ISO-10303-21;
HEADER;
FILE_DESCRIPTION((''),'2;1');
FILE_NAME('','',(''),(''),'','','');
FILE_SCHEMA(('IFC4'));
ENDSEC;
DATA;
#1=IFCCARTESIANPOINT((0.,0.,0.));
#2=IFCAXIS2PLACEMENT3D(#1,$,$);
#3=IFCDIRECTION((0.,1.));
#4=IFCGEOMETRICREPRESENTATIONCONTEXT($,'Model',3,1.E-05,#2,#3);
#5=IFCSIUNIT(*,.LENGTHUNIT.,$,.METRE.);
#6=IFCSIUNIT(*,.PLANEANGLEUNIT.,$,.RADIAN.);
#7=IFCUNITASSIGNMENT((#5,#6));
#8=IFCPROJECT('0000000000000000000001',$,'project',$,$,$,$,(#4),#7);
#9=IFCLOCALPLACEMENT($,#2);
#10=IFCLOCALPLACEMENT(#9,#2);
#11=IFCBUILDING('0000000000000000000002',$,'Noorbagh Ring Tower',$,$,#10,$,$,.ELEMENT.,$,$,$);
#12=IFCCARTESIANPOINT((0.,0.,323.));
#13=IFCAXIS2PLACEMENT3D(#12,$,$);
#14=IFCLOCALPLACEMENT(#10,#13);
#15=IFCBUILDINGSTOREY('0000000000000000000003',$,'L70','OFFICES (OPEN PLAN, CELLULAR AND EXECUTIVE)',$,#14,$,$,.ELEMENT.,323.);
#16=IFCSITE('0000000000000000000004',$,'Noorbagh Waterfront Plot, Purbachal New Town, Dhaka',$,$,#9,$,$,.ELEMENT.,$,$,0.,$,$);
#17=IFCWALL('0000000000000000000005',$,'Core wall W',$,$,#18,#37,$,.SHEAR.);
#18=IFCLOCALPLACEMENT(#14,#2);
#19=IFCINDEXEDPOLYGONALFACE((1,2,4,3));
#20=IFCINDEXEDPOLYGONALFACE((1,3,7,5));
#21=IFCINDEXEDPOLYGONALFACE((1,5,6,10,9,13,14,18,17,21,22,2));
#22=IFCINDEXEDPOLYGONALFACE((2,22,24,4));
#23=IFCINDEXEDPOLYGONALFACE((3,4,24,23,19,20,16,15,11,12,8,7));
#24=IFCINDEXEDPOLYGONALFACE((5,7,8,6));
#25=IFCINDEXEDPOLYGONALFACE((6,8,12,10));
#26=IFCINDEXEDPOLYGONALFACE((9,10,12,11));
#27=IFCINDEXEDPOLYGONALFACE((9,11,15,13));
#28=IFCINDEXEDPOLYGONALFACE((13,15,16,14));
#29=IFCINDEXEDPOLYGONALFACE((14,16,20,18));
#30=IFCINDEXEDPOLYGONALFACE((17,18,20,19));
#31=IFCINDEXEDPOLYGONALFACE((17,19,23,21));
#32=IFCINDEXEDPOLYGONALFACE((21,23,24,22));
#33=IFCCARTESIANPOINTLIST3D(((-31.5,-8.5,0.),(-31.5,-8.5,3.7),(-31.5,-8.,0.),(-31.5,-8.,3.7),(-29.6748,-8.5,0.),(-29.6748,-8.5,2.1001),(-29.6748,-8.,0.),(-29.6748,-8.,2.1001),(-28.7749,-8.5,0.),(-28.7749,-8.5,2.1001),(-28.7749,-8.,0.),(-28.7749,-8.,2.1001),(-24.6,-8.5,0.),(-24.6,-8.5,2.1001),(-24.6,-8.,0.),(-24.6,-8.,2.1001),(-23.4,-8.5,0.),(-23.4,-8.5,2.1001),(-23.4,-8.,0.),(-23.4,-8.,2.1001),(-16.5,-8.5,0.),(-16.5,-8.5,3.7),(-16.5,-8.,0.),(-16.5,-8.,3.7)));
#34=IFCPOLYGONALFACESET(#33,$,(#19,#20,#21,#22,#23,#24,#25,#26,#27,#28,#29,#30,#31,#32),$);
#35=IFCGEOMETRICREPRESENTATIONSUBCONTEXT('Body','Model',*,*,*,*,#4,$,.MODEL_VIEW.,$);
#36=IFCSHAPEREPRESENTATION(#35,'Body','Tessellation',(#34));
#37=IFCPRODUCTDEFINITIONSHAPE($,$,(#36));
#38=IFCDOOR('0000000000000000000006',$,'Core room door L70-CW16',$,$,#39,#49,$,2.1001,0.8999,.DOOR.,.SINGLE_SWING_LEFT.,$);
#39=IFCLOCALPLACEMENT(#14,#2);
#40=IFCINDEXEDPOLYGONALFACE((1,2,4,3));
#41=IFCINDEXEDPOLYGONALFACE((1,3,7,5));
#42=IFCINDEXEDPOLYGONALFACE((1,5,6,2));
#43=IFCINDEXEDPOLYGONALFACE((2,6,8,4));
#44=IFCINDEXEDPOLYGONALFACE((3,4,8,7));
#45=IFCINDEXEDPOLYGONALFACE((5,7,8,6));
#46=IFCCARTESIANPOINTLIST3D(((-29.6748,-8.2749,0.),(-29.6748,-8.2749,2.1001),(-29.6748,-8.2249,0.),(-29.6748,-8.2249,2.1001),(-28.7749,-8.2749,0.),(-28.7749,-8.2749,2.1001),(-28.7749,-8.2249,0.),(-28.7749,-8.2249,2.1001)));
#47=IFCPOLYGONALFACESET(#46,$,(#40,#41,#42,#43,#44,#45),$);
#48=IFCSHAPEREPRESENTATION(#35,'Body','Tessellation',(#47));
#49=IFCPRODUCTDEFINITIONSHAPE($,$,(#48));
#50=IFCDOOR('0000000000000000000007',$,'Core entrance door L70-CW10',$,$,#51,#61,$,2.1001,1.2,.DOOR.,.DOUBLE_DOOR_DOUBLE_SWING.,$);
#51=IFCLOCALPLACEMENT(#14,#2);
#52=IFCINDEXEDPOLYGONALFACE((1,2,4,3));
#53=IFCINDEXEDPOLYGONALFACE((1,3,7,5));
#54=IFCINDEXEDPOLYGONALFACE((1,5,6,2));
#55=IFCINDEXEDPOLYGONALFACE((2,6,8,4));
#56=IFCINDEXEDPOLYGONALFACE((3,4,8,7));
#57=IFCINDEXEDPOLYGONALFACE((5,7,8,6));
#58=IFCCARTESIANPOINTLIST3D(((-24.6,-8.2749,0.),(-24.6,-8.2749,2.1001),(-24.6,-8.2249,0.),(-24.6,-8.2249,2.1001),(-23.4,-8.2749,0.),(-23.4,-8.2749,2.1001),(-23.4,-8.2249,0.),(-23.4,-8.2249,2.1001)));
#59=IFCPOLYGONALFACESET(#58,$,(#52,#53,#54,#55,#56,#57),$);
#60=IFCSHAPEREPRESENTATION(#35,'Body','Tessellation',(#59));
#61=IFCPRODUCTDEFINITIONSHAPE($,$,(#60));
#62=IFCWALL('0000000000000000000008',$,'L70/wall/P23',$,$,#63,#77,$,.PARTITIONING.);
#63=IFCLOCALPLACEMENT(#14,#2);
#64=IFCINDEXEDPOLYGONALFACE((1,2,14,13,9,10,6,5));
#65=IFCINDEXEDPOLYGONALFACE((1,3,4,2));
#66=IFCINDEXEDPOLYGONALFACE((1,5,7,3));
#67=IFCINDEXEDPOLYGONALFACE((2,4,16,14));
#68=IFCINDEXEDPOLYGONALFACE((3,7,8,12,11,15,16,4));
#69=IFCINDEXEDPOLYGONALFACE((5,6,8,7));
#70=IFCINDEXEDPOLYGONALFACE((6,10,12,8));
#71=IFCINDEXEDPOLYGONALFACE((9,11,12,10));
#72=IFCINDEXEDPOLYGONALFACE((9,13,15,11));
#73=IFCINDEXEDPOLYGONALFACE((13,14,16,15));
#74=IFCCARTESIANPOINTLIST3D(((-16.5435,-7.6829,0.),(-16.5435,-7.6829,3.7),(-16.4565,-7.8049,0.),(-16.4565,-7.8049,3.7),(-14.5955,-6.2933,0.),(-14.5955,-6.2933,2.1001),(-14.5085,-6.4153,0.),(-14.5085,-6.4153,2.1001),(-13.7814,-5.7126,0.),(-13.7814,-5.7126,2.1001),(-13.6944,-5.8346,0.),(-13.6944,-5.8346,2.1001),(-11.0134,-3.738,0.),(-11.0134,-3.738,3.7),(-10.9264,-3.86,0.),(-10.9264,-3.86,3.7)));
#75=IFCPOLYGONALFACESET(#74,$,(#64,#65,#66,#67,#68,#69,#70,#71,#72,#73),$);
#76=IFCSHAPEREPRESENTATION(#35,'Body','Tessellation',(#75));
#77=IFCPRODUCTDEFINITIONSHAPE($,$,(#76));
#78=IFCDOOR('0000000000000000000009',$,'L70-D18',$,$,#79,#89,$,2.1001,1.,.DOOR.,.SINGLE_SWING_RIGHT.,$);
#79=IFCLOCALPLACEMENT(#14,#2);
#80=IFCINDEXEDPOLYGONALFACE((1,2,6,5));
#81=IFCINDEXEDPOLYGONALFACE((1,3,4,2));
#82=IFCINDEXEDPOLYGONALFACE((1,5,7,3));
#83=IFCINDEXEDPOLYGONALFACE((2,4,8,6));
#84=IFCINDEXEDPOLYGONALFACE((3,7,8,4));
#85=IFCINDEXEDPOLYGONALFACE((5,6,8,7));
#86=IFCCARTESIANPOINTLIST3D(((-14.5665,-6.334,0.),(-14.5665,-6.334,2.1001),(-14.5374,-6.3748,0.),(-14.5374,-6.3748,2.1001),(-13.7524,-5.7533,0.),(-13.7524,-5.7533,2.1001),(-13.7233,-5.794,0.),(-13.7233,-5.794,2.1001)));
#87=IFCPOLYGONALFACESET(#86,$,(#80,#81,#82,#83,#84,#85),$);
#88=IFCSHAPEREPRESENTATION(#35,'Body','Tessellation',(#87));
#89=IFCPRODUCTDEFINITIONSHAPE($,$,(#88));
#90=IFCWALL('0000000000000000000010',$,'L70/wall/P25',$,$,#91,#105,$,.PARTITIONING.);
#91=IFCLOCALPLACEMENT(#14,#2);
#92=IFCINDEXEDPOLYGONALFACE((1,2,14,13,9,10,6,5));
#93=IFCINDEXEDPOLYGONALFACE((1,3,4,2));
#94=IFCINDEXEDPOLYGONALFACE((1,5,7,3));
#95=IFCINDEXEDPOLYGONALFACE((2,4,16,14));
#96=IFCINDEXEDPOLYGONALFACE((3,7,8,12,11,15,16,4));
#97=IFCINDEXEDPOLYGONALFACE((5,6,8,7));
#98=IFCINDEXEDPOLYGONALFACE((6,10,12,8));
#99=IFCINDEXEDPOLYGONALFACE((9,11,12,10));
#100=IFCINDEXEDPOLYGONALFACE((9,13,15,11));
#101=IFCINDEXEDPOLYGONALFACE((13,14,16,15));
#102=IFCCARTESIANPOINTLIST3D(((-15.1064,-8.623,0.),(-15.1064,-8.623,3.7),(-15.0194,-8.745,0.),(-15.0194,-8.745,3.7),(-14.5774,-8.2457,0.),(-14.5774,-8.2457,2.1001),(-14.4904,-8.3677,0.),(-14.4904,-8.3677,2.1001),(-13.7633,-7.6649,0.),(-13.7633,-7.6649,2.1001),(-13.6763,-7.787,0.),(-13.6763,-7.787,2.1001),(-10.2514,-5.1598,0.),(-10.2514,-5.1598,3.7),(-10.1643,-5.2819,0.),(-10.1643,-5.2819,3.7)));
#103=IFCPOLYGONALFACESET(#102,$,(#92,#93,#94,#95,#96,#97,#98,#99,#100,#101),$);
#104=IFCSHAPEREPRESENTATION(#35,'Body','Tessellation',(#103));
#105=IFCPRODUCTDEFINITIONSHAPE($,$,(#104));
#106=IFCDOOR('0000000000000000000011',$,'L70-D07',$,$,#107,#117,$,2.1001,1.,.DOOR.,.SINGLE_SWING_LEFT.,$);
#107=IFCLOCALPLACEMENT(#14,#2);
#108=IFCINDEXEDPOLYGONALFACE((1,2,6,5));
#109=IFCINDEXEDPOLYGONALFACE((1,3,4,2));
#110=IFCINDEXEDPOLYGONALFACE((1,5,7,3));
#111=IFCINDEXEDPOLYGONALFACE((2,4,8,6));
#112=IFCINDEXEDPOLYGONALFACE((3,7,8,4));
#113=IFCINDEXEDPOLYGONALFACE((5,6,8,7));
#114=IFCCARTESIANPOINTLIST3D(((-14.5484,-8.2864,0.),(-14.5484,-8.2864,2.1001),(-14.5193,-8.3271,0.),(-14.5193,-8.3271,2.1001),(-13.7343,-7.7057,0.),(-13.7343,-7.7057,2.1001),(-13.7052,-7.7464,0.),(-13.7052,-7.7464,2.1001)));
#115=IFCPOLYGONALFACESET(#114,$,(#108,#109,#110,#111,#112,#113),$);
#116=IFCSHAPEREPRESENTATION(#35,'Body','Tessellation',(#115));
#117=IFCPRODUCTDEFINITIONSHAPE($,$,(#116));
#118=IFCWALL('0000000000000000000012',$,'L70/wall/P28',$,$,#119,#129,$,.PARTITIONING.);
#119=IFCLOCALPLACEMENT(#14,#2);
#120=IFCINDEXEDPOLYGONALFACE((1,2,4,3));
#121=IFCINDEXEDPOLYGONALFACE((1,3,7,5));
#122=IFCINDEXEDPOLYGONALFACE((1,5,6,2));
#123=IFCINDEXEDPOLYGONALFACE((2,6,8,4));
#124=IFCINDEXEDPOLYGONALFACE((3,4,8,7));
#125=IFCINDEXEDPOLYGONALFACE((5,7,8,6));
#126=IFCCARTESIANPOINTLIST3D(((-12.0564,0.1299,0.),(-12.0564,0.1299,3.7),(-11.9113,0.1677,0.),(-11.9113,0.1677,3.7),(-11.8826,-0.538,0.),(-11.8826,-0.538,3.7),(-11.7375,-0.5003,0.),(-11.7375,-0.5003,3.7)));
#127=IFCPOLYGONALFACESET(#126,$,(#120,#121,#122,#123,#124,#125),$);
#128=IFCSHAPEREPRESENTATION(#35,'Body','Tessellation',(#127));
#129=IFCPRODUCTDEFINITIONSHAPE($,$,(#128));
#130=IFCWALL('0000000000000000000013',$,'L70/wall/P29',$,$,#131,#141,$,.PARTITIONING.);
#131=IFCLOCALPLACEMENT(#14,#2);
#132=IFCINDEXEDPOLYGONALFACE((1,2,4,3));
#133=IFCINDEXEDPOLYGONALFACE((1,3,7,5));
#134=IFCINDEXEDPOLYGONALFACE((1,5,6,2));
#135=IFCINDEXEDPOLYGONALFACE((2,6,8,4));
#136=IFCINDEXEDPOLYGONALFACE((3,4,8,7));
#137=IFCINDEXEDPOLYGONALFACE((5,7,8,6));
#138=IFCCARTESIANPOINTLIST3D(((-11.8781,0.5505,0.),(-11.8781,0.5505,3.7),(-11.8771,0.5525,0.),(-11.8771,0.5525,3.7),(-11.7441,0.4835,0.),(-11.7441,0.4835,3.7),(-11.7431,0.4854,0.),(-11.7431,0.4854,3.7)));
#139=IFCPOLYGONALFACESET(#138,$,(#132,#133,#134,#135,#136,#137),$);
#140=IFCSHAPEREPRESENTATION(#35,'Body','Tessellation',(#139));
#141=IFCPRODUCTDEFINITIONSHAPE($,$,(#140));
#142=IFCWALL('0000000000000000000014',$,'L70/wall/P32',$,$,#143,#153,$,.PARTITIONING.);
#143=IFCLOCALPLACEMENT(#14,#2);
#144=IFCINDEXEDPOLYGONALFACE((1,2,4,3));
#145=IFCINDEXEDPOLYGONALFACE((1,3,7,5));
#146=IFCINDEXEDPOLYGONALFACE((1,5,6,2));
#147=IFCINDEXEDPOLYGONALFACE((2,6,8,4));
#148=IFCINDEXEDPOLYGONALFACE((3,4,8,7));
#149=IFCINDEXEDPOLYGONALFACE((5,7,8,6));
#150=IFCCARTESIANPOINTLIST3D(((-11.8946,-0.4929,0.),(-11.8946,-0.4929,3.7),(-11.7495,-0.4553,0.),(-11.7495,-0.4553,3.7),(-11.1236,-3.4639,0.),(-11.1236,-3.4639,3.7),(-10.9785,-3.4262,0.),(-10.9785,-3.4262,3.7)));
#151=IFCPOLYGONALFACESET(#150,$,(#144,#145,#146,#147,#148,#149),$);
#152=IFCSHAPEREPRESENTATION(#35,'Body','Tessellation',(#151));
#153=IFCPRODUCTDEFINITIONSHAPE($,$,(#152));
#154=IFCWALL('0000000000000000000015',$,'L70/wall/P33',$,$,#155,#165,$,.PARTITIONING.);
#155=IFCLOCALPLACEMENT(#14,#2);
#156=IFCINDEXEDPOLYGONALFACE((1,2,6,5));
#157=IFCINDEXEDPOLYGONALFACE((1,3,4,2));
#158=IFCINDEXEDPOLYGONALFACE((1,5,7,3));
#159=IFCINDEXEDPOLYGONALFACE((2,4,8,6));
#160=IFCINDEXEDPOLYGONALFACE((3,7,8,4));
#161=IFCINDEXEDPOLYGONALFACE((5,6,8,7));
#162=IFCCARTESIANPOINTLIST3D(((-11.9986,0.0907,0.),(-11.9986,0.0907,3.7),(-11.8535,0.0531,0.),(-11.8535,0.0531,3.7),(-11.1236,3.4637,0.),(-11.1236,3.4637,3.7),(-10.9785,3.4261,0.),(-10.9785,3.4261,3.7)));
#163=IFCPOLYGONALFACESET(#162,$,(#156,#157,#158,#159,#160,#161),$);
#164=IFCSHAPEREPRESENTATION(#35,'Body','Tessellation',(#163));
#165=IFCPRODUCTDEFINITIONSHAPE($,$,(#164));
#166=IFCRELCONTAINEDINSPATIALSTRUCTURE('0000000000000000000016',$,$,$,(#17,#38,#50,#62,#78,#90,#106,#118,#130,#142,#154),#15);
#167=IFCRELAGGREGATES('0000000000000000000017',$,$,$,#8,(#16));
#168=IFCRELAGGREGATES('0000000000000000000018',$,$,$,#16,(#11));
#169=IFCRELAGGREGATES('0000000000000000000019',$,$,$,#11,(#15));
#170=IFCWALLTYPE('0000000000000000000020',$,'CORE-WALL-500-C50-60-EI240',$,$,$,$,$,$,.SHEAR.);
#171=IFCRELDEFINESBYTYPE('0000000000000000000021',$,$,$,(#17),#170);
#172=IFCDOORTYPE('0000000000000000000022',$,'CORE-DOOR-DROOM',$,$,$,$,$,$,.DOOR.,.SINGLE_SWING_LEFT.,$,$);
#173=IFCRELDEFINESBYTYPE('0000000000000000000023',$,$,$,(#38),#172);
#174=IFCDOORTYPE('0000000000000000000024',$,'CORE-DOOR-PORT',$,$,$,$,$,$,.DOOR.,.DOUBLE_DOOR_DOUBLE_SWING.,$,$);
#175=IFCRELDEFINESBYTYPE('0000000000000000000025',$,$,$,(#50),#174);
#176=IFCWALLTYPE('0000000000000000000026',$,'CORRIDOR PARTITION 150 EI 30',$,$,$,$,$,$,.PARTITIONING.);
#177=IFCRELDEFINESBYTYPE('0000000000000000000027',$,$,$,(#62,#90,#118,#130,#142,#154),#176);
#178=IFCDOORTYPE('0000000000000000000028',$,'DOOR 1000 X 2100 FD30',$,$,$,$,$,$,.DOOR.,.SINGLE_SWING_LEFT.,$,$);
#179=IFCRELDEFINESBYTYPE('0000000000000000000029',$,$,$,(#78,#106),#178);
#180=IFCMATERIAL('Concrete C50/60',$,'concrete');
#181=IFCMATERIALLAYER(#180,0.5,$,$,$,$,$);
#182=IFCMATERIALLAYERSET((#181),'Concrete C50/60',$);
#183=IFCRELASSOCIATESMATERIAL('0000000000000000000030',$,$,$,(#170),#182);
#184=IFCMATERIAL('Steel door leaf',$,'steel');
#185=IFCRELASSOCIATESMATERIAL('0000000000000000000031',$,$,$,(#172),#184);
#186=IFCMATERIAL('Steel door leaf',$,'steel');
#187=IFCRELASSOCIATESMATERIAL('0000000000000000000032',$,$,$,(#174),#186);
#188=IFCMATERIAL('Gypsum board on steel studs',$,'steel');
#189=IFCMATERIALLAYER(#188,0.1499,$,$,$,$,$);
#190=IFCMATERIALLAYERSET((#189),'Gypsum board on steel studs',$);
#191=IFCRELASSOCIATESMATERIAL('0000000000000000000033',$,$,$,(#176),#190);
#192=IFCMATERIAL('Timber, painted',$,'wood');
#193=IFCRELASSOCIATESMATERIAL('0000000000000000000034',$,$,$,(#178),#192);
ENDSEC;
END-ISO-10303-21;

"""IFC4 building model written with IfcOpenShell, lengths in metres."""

from ifc_helpers import new_model, si_unit, direction, frame, frame_2d, origin, place, context, subcontext, project, spatial, rectangle, extrude, material, layer, layer_set, type_object, element, fill, save


model = new_model("IFC4")

# Units and contexts
model_context = context("Model", 3, precision=1e-05, world=origin(), true_north=direction((0.0, 1.0)))
body_context = subcontext(model_context, "Body", "Model", "MODEL_VIEW")
ifc_project = project(units=[si_unit("LENGTHUNIT", "METRE"), si_unit("PLANEANGLEUNIT", "RADIAN")], contexts=[model_context])

# Site, building, storey
site_placement = place(None, origin())
site = spatial("IfcSite", under=ifc_project, at=site_placement, Name="Noorbagh Waterfront Plot, Purbachal New Town, Dhaka", CompositionType="ELEMENT", RefElevation=0.0)
building_placement = place(site_placement, origin())
building = spatial("IfcBuilding", under=site, at=building_placement, Name="Noorbagh Ring Tower", CompositionType="ELEMENT")
storey_placement = place(building_placement, frame((0.0, 0.0, 323.0)))
storey = spatial("IfcBuildingStorey", under=building, at=storey_placement, Name="L70", Description="OFFICES (OPEN PLAN, CELLULAR AND EXECUTIVE)", CompositionType="ELEMENT", Elevation=323.0)

# Wall, openings, doors
ifc_material_1 = material(Name="Concrete C50/60", Category="concrete")
ifc_layer_1 = layer(ifc_material_1, 0.5)
ifc_layer_set_1 = layer_set([ifc_layer_1], Name="Concrete C50/60")
wall_type_1 = type_object("IfcWallType", Name="CORE-WALL-500-C50-60-EI240", PredefinedType="SHEAR", material=ifc_layer_set_1)
wall_1_placement = place(storey_placement, frame((-16.5, -8.25, 0.0), z_axis=(0.0, 0.0, 1.0), x_axis=(-1.0, 0.0, 0.0)))
wall_1 = element("IfcWall", 1, at=wall_1_placement, inside=storey, type_object=wall_type_1, Name="Core wall W", PredefinedType="SHEAR", context=body_context, shape_type="SweptSolid", body=[
    extrude(rectangle(XDim=15.0, YDim=0.5, at=frame_2d((7.5, 0.0))), origin(), (0.0, 0.0, 1.0), 3.7),
])
opening_1_placement = place(wall_1_placement, frame((6.8999, 0.0, 0.0)))
opening_1 = element("IfcOpeningElement", 2, at=opening_1_placement, cuts=wall_1, PredefinedType="OPENING", context=body_context, shape_type="SweptSolid", body=[
    extrude(rectangle(XDim=1.2, YDim=2.1001, at=frame_2d((0.6001, 1.05))), frame((0.0, 0.26, 0.0), z_axis=(0.0, -1.0, 0.0), x_axis=(1.0, 0.0, 0.0)), (0.0, 0.0, 1.0), 0.52),
])
opening_2_placement = place(wall_1_placement, frame((12.2749, 0.0, 0.0)))
opening_2 = element("IfcOpeningElement", 3, at=opening_2_placement, cuts=wall_1, PredefinedType="OPENING", context=body_context, shape_type="SweptSolid", body=[
    extrude(rectangle(XDim=0.8999, YDim=2.1001, at=frame_2d((0.45, 1.05))), frame((0.0, 0.26, 0.0), z_axis=(0.0, -1.0, 0.0), x_axis=(1.0, 0.0, 0.0)), (0.0, 0.0, 1.0), 0.52),
])
ifc_material_2 = material(Name="Steel door leaf", Category="steel")
door_type_1 = type_object("IfcDoorType", Name="CORE-DOOR-DROOM", OperationType="SINGLE_SWING_LEFT", PredefinedType="DOOR", material=ifc_material_2)
door_1_placement = place(opening_2_placement, origin())
door_1 = element("IfcDoor", 4, at=door_1_placement, inside=storey, type_object=door_type_1, Name="Core room door L70-CW16", OperationType="SINGLE_SWING_LEFT", OverallHeight=2.1001, OverallWidth=0.8999, PredefinedType="DOOR", context=body_context, shape_type="SweptSolid", body=[
    extrude(rectangle(XDim=0.8999, YDim=2.1001, at=frame_2d((0.45, 1.05))), frame((0.0, 0.0249, 0.0), z_axis=(0.0, -1.0, 0.0), x_axis=(1.0, 0.0, 0.0)), (0.0, 0.0, 1.0), 0.05),
])
fill(opening_2, door_1)
ifc_material_3 = material(Name="Steel door leaf", Category="steel")
door_type_2 = type_object("IfcDoorType", Name="CORE-DOOR-PORT", OperationType="DOUBLE_DOOR_DOUBLE_SWING", PredefinedType="DOOR", material=ifc_material_3)
door_2_placement = place(opening_1_placement, origin())
door_2 = element("IfcDoor", 5, at=door_2_placement, inside=storey, type_object=door_type_2, Name="Core entrance door L70-CW10", OperationType="DOUBLE_DOOR_DOUBLE_SWING", OverallHeight=2.1001, OverallWidth=1.2, PredefinedType="DOOR", context=body_context, shape_type="SweptSolid", body=[
    extrude(rectangle(XDim=1.2, YDim=2.1001, at=frame_2d((0.6001, 1.05))), frame((0.0, 0.0249, 0.0), z_axis=(0.0, -1.0, 0.0), x_axis=(1.0, 0.0, 0.0)), (0.0, 0.0, 1.0), 0.05),
])
fill(opening_1, door_2)

# Walls, openings, doors
ifc_material_4 = material(Name="Gypsum board on steel studs", Category="steel")
ifc_layer_2 = layer(ifc_material_4, 0.1499)
ifc_layer_set_2 = layer_set([ifc_layer_2], Name="Gypsum board on steel studs")
wall_type_2 = type_object("IfcWallType", Name="CORRIDOR PARTITION 150 EI 30", PredefinedType="PARTITIONING", material=ifc_layer_set_2)
wall_2_placement = place(storey_placement, frame((-16.5, -7.7439, 0.0), z_axis=(0.0, 0.0, 1.0), x_axis=(0.814095, 0.580732, 0.0)))
wall_2 = element("IfcWall", 6, at=wall_2_placement, inside=storey, type_object=wall_type_2, Name="L70/wall/P23", PredefinedType="PARTITIONING", context=body_context, shape_type="SweptSolid", body=[
    extrude(rectangle(XDim=6.793, YDim=0.1499, at=frame_2d((3.3965, 0.0))), origin(), (0.0, 0.0, 1.0), 3.7),
])
opening_3_placement = place(wall_2_placement, frame((2.3928, 0.0, 0.0)))
opening_3 = element("IfcOpeningElement", 7, at=opening_3_placement, cuts=wall_2, PredefinedType="OPENING", context=body_context, shape_type="SweptSolid", body=[
    extrude(rectangle(XDim=1.0, YDim=2.1001, at=frame_2d((0.5, 1.05))), frame((0.0, 0.085, 0.0), z_axis=(0.0, -1.0, 0.0), x_axis=(1.0, 0.0, 0.0)), (0.0, 0.0, 1.0), 0.1699),
])
ifc_material_5 = material(Name="Timber, painted", Category="wood")
door_type_3 = type_object("IfcDoorType", Name="DOOR 1000 X 2100 FD30", OperationType="SINGLE_SWING_LEFT", PredefinedType="DOOR", material=ifc_material_5)
door_3_placement = place(opening_3_placement, origin())
door_3 = element("IfcDoor", 8, at=door_3_placement, inside=storey, type_object=door_type_3, Name="L70-D18", OperationType="SINGLE_SWING_RIGHT", OverallHeight=2.1001, OverallWidth=1.0, PredefinedType="DOOR", context=body_context, shape_type="SweptSolid", body=[
    extrude(rectangle(XDim=1.0, YDim=2.1001, at=frame_2d((0.5, 1.05))), frame((0.0, 0.0249, 0.0), z_axis=(0.0, -1.0, 0.0), x_axis=(1.0, 0.0, 0.0)), (0.0, 0.0, 1.0), 0.05),
])
fill(opening_3, door_3)
wall_3_placement = place(storey_placement, frame((-15.063, -8.6841, 0.0), z_axis=(0.0, 0.0, 1.0), x_axis=(0.814107, 0.580715, 0.0)))
wall_3 = element("IfcWall", 9, at=wall_3_placement, inside=storey, type_object=wall_type_2, Name="L70/wall/P25", PredefinedType="PARTITIONING", context=body_context, shape_type="SweptSolid", body=[
    extrude(rectangle(XDim=5.9636, YDim=0.1499, at=frame_2d((2.9819, 0.0))), origin(), (0.0, 0.0, 1.0), 3.7),
])
opening_4_placement = place(wall_3_placement, frame((0.6499, 0.0, 0.0)))
opening_4 = element("IfcOpeningElement", 10, at=opening_4_placement, cuts=wall_3, PredefinedType="OPENING", context=body_context, shape_type="SweptSolid", body=[
    extrude(rectangle(XDim=1.0, YDim=2.1001, at=frame_2d((0.5, 1.05))), frame((0.0, 0.085, 0.0), z_axis=(0.0, -1.0, 0.0), x_axis=(1.0, 0.0, 0.0)), (0.0, 0.0, 1.0), 0.1699),
])
door_4_placement = place(opening_4_placement, origin())
door_4 = element("IfcDoor", 11, at=door_4_placement, inside=storey, type_object=door_type_3, Name="L70-D07", OperationType="SINGLE_SWING_LEFT", OverallHeight=2.1001, OverallWidth=1.0, PredefinedType="DOOR", context=body_context, shape_type="SweptSolid", body=[
    extrude(rectangle(XDim=1.0, YDim=2.1001, at=frame_2d((0.5, 1.05))), frame((0.0, 0.0249, 0.0), z_axis=(0.0, -1.0, 0.0), x_axis=(1.0, 0.0, 0.0)), (0.0, 0.0, 1.0), 0.05),
])
fill(opening_4, door_4)

# Walls
wall_4_placement = place(storey_placement, frame((-11.9839, 0.1489, 0.0), z_axis=(0.0, 0.0, 1.0), x_axis=(0.251846, -0.967767, 0.0)))
element("IfcWall", 12, at=wall_4_placement, inside=storey, type_object=wall_type_2, Name="L70/wall/P28", PredefinedType="PARTITIONING", context=body_context, shape_type="SweptSolid", body=[
    extrude(rectangle(XDim=0.6902, YDim=0.1499, at=frame_2d((0.3452, 0.0))), origin(), (0.0, 0.0, 1.0), 3.7),
])
wall_5_placement = place(storey_placement, frame((-11.811, 0.5171, 0.0), z_axis=(0.0, 0.0, 1.0), x_axis=(0.447214, 0.894427, 0.0)))
element("IfcWall", 13, at=wall_5_placement, inside=storey, type_object=wall_type_2, Name="L70/wall/P29", PredefinedType="PARTITIONING", context=body_context, shape_type="SweptSolid", body=[
    extrude(rectangle(XDim=0.0022, YDim=0.1499, at=frame_2d((0.001, 0.0))), origin(), (0.0, 0.0, 1.0), 3.7),
])
wall_6_placement = place(storey_placement, frame((-11.822, -0.4741, 0.0), z_axis=(0.0, 0.0, 1.0), x_axis=(0.251191, -0.967937, 0.0)))
element("IfcWall", 14, at=wall_6_placement, inside=storey, type_object=wall_type_2, Name="L70/wall/P32", PredefinedType="PARTITIONING", context=body_context, shape_type="SweptSolid", body=[
    extrude(rectangle(XDim=3.0693, YDim=0.1499, at=frame_2d((1.5347, 0.0))), origin(), (0.0, 0.0, 1.0), 3.7),
])
wall_7_placement = place(storey_placement, frame((-11.926, 0.072, 0.0), z_axis=(0.0, 0.0, 1.0), x_axis=(0.251098, 0.967962, 0.0)))
element("IfcWall", 15, at=wall_7_placement, inside=storey, type_object=wall_type_2, Name="L70/wall/P33", PredefinedType="PARTITIONING", context=body_context, shape_type="SweptSolid", body=[
    extrude(rectangle(XDim=3.4846, YDim=0.1499, at=frame_2d((1.7422, 0.0))), origin(), (0.0, 0.0, 1.0), 3.7),
])

save(model, "model.ifc")
